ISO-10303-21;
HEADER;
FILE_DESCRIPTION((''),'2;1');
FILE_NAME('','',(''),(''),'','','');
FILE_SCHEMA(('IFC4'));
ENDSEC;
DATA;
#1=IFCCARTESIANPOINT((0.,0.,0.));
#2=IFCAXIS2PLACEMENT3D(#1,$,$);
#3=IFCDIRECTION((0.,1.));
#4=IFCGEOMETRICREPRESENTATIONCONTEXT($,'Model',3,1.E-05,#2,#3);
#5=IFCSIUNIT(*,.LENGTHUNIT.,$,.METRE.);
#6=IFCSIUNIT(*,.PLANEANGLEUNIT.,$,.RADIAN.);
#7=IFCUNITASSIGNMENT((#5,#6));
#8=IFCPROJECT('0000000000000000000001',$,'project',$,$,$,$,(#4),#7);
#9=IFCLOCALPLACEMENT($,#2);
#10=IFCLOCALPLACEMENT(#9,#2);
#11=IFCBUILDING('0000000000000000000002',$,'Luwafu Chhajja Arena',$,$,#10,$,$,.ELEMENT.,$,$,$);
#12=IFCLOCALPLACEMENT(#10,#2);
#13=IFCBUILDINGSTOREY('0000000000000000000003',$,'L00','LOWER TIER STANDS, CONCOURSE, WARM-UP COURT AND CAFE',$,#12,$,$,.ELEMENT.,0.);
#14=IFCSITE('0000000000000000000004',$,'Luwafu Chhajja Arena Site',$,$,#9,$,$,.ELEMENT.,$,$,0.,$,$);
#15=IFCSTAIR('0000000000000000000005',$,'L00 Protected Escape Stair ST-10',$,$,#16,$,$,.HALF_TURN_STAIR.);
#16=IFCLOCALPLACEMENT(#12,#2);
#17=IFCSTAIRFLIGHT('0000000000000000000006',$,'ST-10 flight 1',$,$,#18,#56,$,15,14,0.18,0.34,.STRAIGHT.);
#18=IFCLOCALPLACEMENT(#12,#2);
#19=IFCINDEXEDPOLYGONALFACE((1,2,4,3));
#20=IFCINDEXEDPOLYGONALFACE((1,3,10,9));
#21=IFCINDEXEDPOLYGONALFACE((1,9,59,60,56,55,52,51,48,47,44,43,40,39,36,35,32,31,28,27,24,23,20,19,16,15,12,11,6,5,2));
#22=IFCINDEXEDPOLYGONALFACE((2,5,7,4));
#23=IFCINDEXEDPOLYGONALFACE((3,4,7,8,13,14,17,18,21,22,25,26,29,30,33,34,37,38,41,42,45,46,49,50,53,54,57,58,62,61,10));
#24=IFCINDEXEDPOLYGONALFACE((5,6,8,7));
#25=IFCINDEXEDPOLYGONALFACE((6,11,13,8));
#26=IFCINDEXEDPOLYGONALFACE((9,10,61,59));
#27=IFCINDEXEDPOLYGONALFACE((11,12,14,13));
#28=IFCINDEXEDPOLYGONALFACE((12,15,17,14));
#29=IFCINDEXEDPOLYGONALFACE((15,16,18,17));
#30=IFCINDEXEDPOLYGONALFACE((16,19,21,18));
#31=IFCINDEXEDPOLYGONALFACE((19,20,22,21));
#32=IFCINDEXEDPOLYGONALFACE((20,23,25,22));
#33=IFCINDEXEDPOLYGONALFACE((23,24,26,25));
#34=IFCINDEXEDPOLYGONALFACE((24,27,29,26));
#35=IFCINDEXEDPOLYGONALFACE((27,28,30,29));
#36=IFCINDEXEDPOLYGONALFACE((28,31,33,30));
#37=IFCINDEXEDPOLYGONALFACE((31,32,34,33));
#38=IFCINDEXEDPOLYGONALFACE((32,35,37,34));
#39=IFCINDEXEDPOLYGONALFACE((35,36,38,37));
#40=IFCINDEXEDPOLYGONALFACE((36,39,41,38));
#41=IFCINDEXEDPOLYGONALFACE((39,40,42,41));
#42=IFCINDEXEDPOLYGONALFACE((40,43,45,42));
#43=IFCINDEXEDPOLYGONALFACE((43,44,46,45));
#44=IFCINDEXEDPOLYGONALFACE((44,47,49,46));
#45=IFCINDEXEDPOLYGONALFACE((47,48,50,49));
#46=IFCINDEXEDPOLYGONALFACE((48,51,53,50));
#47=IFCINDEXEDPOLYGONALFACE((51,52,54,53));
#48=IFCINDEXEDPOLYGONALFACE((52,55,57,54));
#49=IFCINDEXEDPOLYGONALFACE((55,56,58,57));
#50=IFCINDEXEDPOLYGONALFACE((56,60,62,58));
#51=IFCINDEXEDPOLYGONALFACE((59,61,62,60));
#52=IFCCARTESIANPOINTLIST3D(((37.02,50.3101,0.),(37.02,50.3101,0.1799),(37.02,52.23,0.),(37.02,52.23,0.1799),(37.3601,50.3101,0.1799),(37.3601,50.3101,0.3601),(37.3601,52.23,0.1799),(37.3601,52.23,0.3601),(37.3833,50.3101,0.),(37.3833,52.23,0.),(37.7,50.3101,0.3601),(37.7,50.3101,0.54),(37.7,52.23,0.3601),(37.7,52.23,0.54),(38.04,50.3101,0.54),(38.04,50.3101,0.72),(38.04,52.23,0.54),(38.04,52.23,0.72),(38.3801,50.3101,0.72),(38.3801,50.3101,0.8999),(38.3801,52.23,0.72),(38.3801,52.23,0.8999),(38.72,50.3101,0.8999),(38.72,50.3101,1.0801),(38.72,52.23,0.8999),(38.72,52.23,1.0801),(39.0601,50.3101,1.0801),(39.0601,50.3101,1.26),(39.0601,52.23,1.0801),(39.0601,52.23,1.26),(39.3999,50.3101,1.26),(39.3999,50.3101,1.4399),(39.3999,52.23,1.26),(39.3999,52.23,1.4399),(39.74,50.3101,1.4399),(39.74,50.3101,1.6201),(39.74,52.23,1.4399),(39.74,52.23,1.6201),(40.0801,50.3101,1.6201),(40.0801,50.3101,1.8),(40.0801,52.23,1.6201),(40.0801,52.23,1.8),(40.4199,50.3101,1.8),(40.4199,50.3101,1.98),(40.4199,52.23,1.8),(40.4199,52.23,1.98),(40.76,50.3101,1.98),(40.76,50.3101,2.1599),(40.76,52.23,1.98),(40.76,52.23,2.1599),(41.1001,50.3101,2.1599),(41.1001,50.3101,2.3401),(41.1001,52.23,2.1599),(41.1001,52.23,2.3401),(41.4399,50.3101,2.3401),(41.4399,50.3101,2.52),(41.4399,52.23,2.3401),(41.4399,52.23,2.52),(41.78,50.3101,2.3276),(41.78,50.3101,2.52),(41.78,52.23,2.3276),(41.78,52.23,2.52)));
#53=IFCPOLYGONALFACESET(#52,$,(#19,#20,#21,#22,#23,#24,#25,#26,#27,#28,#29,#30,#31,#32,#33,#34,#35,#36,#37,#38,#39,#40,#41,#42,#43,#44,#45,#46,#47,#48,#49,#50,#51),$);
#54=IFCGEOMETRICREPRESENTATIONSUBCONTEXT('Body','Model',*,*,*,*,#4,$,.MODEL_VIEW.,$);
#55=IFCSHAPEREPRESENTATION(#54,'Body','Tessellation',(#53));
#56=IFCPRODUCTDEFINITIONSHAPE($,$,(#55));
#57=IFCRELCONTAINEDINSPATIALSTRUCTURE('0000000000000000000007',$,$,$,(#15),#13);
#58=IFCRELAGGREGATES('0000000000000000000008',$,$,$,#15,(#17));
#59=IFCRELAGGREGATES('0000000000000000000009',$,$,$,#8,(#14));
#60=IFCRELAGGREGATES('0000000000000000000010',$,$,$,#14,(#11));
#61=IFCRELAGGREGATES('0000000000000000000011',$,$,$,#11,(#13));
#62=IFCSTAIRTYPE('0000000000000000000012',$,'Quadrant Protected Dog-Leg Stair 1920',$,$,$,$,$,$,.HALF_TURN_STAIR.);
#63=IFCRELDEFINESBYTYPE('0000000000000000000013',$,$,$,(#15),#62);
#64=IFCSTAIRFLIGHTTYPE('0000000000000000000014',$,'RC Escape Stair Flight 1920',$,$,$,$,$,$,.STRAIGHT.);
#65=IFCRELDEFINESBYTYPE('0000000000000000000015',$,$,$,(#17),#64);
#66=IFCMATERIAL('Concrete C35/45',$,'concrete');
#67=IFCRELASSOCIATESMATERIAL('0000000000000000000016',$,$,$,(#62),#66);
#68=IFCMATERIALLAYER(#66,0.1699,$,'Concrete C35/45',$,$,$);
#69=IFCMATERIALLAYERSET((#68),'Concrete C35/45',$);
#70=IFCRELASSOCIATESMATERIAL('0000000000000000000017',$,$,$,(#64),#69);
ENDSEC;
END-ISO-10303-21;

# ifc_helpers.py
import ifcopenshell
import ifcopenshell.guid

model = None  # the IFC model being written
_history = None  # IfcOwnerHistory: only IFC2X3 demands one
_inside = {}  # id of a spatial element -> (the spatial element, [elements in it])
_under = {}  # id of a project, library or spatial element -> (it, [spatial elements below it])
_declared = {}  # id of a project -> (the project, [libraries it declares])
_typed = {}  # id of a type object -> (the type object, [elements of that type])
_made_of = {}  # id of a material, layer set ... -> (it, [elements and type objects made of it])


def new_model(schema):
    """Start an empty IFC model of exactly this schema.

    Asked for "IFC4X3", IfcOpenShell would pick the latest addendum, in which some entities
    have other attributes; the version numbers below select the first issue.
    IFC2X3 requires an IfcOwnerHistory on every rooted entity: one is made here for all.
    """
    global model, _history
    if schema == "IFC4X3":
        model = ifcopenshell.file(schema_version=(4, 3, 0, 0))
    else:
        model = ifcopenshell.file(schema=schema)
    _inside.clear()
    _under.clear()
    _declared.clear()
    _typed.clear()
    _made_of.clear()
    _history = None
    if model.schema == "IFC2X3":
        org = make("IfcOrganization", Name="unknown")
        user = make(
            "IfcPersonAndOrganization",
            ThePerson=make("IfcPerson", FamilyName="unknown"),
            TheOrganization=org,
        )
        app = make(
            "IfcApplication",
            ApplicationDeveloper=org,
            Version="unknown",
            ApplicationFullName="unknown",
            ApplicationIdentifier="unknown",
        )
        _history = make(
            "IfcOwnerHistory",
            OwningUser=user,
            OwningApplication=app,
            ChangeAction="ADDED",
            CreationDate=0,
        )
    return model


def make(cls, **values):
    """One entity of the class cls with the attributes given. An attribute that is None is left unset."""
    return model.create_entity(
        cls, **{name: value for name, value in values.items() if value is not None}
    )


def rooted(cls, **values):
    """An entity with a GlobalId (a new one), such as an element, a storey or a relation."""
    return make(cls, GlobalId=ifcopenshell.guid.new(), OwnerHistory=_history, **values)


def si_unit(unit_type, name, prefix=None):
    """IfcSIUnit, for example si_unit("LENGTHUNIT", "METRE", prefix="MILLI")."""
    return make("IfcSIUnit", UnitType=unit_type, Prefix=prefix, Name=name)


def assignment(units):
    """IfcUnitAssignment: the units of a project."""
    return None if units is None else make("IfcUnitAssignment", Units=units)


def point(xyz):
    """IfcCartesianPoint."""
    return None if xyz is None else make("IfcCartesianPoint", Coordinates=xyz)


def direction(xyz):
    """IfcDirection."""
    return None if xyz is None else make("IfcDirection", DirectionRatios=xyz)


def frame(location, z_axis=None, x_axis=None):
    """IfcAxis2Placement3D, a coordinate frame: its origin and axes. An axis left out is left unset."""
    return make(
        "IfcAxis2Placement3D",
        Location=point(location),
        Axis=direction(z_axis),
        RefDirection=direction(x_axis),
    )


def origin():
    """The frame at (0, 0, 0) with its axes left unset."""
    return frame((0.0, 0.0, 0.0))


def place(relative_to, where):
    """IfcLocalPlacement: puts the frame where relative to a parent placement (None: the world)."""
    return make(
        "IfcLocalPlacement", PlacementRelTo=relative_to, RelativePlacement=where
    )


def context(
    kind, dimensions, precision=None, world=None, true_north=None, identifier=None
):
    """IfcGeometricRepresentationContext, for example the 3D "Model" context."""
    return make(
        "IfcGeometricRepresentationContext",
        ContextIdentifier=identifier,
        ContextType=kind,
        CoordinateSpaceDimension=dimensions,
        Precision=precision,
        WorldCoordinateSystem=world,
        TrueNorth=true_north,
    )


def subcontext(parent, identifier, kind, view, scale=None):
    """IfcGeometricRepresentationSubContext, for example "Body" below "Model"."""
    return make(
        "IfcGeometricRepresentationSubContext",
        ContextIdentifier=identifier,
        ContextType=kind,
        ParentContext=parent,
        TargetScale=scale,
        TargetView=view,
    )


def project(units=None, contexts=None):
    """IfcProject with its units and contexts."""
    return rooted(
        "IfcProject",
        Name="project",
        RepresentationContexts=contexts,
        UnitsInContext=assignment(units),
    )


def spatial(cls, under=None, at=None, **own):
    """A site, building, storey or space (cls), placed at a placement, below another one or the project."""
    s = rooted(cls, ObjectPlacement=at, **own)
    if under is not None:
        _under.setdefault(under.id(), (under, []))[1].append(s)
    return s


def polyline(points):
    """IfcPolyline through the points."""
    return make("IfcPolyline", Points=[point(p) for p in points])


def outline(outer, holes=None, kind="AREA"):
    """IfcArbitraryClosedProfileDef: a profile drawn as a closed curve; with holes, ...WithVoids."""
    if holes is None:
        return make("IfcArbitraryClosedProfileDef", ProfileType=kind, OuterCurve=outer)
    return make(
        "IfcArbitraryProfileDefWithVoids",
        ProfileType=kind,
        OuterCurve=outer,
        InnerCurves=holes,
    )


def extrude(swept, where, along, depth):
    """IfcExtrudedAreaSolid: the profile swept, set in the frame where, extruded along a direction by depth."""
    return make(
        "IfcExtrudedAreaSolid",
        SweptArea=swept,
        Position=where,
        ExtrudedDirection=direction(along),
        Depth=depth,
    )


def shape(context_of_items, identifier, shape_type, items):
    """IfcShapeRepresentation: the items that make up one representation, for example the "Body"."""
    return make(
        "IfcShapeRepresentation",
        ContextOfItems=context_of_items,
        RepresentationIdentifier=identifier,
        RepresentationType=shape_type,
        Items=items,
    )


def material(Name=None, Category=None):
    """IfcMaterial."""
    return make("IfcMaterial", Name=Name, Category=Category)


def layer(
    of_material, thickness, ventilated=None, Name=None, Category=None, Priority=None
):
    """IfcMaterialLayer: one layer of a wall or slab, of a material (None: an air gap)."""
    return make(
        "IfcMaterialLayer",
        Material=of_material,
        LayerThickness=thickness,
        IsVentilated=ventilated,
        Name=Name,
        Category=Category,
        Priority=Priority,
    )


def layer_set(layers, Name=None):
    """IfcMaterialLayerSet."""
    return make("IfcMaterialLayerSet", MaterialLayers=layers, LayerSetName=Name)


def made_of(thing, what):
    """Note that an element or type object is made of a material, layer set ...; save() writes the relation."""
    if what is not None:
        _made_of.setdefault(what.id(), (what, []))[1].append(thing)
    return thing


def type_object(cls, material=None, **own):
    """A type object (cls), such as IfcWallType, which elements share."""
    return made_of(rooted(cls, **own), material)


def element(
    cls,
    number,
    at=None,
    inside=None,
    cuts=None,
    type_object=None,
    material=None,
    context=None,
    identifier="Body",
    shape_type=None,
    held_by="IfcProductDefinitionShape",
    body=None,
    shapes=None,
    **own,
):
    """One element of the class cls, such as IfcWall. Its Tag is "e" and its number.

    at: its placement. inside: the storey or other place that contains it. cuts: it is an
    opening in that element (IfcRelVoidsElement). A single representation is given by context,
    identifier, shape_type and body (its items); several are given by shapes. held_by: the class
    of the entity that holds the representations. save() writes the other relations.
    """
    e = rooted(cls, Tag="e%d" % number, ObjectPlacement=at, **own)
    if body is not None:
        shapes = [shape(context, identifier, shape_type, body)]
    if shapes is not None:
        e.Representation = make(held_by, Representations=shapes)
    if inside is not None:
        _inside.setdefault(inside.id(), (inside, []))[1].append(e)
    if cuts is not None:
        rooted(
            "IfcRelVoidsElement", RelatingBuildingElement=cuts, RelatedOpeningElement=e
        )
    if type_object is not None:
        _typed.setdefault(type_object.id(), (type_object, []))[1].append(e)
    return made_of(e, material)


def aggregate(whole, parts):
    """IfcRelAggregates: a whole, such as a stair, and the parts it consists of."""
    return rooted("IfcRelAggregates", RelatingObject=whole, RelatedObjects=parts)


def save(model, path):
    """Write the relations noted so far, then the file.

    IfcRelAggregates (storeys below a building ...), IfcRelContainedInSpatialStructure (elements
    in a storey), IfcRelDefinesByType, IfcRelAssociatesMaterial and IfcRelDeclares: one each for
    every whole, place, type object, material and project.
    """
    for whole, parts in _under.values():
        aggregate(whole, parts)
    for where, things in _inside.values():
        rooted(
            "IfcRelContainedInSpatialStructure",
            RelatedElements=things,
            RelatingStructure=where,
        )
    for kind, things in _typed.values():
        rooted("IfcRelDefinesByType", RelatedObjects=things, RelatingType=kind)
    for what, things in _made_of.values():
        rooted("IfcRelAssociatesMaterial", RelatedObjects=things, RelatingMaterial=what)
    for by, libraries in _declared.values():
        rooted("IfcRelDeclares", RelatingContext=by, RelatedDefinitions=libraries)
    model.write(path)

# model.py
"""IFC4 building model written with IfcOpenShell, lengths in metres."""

from ifc_helpers import new_model, si_unit, direction, frame, origin, place, context, subcontext, project, spatial, polyline, outline, extrude, material, layer, layer_set, type_object, element, aggregate, save


model = new_model("IFC4")

# Units and contexts
model_context = context("Model", 3, precision=1e-05, world=origin(), true_north=direction((0.0, 1.0)))
body_context = subcontext(model_context, "Body", "Model", "MODEL_VIEW")
ifc_project = project(units=[si_unit("LENGTHUNIT", "METRE"), si_unit("PLANEANGLEUNIT", "RADIAN")], contexts=[model_context])

# Site, building, storey
site_placement = place(None, origin())
site = spatial("IfcSite", under=ifc_project, at=site_placement, Name="Luwafu Chhajja Arena Site", CompositionType="ELEMENT", RefElevation=0.0)
building_placement = place(site_placement, origin())
building = spatial("IfcBuilding", under=site, at=building_placement, Name="Luwafu Chhajja Arena", CompositionType="ELEMENT")
storey_placement = place(building_placement, origin())
storey = spatial("IfcBuildingStorey", under=building, at=storey_placement, Name="L00", Description="LOWER TIER STANDS, CONCOURSE, WARM-UP COURT AND CAFE", CompositionType="ELEMENT", Elevation=0.0)

# Shared definitions
ifc_material_1 = material(Name="Concrete C35/45", Category="concrete")
stair_type = type_object("IfcStairType", Name="Quadrant Protected Dog-Leg Stair 1920", PredefinedType="HALF_TURN_STAIR", material=ifc_material_1)
ifc_layer_1 = layer(ifc_material_1, 0.1699, Name="Concrete C35/45")
ifc_layer_set_1 = layer_set([ifc_layer_1], Name="Concrete C35/45")
stair_flight_type = type_object("IfcStairFlightType", Name="RC Escape Stair Flight 1920", PredefinedType="STRAIGHT", material=ifc_layer_set_1)

# Stair, stair flight
stair_1_placement = place(storey_placement, origin())
stair_1 = element("IfcStair", 1, at=stair_1_placement, inside=storey, type_object=stair_type, Name="L00 Protected Escape Stair ST-10", PredefinedType="HALF_TURN_STAIR")
stair_flight_1_placement = place(storey_placement, frame((37.02, 51.27, 0.0), z_axis=(0.0, 0.0, 1.0), x_axis=(1.0, 0.0, 0.0)))
stair_flight_1 = element("IfcStairFlight", 2, at=stair_flight_1_placement, type_object=stair_flight_type, Name="ST-10 flight 1", NumberOfRisers=15, NumberOfTreads=14, PredefinedType="STRAIGHT", RiserHeight=0.18, TreadLength=0.34, context=body_context, shape_type="SweptSolid", body=[
    extrude(outline(polyline([(0.0, 0.0), (0.0, 0.1799), (0.3401, 0.1799), (0.3401, 0.3601), (0.6799, 0.3601), (0.6799, 0.54), (1.02, 0.54), (1.02, 0.72), (1.3601, 0.72), (1.3601, 0.8999), (1.7, 0.8999), (1.7, 1.0801), (2.04, 1.0801), (2.04, 1.26), (2.3799, 1.26), (2.3799, 1.4399), (2.72, 1.4399), (2.72, 1.6201), (3.0601, 1.6201), (3.0601, 1.8), (3.3999, 1.8), (3.3999, 1.98), (3.74, 1.98), (3.74, 2.1599), (4.0801, 2.1599), (4.0801, 2.3401), (4.4199, 2.3401), (4.4199, 2.52), (4.76, 2.52), (4.76, 2.7), (4.76, 2.3276), (0.3633, 0.0), (0.0, 0.0)])), frame((0.0, 0.96, 0.0), z_axis=(0.0, -1.0, 0.0), x_axis=(1.0, 0.0, 0.0)), (0.0, 0.0, 1.0), 1.9199),
])
aggregate(stair_1, [stair_flight_1])

save(model, "model.ifc")
